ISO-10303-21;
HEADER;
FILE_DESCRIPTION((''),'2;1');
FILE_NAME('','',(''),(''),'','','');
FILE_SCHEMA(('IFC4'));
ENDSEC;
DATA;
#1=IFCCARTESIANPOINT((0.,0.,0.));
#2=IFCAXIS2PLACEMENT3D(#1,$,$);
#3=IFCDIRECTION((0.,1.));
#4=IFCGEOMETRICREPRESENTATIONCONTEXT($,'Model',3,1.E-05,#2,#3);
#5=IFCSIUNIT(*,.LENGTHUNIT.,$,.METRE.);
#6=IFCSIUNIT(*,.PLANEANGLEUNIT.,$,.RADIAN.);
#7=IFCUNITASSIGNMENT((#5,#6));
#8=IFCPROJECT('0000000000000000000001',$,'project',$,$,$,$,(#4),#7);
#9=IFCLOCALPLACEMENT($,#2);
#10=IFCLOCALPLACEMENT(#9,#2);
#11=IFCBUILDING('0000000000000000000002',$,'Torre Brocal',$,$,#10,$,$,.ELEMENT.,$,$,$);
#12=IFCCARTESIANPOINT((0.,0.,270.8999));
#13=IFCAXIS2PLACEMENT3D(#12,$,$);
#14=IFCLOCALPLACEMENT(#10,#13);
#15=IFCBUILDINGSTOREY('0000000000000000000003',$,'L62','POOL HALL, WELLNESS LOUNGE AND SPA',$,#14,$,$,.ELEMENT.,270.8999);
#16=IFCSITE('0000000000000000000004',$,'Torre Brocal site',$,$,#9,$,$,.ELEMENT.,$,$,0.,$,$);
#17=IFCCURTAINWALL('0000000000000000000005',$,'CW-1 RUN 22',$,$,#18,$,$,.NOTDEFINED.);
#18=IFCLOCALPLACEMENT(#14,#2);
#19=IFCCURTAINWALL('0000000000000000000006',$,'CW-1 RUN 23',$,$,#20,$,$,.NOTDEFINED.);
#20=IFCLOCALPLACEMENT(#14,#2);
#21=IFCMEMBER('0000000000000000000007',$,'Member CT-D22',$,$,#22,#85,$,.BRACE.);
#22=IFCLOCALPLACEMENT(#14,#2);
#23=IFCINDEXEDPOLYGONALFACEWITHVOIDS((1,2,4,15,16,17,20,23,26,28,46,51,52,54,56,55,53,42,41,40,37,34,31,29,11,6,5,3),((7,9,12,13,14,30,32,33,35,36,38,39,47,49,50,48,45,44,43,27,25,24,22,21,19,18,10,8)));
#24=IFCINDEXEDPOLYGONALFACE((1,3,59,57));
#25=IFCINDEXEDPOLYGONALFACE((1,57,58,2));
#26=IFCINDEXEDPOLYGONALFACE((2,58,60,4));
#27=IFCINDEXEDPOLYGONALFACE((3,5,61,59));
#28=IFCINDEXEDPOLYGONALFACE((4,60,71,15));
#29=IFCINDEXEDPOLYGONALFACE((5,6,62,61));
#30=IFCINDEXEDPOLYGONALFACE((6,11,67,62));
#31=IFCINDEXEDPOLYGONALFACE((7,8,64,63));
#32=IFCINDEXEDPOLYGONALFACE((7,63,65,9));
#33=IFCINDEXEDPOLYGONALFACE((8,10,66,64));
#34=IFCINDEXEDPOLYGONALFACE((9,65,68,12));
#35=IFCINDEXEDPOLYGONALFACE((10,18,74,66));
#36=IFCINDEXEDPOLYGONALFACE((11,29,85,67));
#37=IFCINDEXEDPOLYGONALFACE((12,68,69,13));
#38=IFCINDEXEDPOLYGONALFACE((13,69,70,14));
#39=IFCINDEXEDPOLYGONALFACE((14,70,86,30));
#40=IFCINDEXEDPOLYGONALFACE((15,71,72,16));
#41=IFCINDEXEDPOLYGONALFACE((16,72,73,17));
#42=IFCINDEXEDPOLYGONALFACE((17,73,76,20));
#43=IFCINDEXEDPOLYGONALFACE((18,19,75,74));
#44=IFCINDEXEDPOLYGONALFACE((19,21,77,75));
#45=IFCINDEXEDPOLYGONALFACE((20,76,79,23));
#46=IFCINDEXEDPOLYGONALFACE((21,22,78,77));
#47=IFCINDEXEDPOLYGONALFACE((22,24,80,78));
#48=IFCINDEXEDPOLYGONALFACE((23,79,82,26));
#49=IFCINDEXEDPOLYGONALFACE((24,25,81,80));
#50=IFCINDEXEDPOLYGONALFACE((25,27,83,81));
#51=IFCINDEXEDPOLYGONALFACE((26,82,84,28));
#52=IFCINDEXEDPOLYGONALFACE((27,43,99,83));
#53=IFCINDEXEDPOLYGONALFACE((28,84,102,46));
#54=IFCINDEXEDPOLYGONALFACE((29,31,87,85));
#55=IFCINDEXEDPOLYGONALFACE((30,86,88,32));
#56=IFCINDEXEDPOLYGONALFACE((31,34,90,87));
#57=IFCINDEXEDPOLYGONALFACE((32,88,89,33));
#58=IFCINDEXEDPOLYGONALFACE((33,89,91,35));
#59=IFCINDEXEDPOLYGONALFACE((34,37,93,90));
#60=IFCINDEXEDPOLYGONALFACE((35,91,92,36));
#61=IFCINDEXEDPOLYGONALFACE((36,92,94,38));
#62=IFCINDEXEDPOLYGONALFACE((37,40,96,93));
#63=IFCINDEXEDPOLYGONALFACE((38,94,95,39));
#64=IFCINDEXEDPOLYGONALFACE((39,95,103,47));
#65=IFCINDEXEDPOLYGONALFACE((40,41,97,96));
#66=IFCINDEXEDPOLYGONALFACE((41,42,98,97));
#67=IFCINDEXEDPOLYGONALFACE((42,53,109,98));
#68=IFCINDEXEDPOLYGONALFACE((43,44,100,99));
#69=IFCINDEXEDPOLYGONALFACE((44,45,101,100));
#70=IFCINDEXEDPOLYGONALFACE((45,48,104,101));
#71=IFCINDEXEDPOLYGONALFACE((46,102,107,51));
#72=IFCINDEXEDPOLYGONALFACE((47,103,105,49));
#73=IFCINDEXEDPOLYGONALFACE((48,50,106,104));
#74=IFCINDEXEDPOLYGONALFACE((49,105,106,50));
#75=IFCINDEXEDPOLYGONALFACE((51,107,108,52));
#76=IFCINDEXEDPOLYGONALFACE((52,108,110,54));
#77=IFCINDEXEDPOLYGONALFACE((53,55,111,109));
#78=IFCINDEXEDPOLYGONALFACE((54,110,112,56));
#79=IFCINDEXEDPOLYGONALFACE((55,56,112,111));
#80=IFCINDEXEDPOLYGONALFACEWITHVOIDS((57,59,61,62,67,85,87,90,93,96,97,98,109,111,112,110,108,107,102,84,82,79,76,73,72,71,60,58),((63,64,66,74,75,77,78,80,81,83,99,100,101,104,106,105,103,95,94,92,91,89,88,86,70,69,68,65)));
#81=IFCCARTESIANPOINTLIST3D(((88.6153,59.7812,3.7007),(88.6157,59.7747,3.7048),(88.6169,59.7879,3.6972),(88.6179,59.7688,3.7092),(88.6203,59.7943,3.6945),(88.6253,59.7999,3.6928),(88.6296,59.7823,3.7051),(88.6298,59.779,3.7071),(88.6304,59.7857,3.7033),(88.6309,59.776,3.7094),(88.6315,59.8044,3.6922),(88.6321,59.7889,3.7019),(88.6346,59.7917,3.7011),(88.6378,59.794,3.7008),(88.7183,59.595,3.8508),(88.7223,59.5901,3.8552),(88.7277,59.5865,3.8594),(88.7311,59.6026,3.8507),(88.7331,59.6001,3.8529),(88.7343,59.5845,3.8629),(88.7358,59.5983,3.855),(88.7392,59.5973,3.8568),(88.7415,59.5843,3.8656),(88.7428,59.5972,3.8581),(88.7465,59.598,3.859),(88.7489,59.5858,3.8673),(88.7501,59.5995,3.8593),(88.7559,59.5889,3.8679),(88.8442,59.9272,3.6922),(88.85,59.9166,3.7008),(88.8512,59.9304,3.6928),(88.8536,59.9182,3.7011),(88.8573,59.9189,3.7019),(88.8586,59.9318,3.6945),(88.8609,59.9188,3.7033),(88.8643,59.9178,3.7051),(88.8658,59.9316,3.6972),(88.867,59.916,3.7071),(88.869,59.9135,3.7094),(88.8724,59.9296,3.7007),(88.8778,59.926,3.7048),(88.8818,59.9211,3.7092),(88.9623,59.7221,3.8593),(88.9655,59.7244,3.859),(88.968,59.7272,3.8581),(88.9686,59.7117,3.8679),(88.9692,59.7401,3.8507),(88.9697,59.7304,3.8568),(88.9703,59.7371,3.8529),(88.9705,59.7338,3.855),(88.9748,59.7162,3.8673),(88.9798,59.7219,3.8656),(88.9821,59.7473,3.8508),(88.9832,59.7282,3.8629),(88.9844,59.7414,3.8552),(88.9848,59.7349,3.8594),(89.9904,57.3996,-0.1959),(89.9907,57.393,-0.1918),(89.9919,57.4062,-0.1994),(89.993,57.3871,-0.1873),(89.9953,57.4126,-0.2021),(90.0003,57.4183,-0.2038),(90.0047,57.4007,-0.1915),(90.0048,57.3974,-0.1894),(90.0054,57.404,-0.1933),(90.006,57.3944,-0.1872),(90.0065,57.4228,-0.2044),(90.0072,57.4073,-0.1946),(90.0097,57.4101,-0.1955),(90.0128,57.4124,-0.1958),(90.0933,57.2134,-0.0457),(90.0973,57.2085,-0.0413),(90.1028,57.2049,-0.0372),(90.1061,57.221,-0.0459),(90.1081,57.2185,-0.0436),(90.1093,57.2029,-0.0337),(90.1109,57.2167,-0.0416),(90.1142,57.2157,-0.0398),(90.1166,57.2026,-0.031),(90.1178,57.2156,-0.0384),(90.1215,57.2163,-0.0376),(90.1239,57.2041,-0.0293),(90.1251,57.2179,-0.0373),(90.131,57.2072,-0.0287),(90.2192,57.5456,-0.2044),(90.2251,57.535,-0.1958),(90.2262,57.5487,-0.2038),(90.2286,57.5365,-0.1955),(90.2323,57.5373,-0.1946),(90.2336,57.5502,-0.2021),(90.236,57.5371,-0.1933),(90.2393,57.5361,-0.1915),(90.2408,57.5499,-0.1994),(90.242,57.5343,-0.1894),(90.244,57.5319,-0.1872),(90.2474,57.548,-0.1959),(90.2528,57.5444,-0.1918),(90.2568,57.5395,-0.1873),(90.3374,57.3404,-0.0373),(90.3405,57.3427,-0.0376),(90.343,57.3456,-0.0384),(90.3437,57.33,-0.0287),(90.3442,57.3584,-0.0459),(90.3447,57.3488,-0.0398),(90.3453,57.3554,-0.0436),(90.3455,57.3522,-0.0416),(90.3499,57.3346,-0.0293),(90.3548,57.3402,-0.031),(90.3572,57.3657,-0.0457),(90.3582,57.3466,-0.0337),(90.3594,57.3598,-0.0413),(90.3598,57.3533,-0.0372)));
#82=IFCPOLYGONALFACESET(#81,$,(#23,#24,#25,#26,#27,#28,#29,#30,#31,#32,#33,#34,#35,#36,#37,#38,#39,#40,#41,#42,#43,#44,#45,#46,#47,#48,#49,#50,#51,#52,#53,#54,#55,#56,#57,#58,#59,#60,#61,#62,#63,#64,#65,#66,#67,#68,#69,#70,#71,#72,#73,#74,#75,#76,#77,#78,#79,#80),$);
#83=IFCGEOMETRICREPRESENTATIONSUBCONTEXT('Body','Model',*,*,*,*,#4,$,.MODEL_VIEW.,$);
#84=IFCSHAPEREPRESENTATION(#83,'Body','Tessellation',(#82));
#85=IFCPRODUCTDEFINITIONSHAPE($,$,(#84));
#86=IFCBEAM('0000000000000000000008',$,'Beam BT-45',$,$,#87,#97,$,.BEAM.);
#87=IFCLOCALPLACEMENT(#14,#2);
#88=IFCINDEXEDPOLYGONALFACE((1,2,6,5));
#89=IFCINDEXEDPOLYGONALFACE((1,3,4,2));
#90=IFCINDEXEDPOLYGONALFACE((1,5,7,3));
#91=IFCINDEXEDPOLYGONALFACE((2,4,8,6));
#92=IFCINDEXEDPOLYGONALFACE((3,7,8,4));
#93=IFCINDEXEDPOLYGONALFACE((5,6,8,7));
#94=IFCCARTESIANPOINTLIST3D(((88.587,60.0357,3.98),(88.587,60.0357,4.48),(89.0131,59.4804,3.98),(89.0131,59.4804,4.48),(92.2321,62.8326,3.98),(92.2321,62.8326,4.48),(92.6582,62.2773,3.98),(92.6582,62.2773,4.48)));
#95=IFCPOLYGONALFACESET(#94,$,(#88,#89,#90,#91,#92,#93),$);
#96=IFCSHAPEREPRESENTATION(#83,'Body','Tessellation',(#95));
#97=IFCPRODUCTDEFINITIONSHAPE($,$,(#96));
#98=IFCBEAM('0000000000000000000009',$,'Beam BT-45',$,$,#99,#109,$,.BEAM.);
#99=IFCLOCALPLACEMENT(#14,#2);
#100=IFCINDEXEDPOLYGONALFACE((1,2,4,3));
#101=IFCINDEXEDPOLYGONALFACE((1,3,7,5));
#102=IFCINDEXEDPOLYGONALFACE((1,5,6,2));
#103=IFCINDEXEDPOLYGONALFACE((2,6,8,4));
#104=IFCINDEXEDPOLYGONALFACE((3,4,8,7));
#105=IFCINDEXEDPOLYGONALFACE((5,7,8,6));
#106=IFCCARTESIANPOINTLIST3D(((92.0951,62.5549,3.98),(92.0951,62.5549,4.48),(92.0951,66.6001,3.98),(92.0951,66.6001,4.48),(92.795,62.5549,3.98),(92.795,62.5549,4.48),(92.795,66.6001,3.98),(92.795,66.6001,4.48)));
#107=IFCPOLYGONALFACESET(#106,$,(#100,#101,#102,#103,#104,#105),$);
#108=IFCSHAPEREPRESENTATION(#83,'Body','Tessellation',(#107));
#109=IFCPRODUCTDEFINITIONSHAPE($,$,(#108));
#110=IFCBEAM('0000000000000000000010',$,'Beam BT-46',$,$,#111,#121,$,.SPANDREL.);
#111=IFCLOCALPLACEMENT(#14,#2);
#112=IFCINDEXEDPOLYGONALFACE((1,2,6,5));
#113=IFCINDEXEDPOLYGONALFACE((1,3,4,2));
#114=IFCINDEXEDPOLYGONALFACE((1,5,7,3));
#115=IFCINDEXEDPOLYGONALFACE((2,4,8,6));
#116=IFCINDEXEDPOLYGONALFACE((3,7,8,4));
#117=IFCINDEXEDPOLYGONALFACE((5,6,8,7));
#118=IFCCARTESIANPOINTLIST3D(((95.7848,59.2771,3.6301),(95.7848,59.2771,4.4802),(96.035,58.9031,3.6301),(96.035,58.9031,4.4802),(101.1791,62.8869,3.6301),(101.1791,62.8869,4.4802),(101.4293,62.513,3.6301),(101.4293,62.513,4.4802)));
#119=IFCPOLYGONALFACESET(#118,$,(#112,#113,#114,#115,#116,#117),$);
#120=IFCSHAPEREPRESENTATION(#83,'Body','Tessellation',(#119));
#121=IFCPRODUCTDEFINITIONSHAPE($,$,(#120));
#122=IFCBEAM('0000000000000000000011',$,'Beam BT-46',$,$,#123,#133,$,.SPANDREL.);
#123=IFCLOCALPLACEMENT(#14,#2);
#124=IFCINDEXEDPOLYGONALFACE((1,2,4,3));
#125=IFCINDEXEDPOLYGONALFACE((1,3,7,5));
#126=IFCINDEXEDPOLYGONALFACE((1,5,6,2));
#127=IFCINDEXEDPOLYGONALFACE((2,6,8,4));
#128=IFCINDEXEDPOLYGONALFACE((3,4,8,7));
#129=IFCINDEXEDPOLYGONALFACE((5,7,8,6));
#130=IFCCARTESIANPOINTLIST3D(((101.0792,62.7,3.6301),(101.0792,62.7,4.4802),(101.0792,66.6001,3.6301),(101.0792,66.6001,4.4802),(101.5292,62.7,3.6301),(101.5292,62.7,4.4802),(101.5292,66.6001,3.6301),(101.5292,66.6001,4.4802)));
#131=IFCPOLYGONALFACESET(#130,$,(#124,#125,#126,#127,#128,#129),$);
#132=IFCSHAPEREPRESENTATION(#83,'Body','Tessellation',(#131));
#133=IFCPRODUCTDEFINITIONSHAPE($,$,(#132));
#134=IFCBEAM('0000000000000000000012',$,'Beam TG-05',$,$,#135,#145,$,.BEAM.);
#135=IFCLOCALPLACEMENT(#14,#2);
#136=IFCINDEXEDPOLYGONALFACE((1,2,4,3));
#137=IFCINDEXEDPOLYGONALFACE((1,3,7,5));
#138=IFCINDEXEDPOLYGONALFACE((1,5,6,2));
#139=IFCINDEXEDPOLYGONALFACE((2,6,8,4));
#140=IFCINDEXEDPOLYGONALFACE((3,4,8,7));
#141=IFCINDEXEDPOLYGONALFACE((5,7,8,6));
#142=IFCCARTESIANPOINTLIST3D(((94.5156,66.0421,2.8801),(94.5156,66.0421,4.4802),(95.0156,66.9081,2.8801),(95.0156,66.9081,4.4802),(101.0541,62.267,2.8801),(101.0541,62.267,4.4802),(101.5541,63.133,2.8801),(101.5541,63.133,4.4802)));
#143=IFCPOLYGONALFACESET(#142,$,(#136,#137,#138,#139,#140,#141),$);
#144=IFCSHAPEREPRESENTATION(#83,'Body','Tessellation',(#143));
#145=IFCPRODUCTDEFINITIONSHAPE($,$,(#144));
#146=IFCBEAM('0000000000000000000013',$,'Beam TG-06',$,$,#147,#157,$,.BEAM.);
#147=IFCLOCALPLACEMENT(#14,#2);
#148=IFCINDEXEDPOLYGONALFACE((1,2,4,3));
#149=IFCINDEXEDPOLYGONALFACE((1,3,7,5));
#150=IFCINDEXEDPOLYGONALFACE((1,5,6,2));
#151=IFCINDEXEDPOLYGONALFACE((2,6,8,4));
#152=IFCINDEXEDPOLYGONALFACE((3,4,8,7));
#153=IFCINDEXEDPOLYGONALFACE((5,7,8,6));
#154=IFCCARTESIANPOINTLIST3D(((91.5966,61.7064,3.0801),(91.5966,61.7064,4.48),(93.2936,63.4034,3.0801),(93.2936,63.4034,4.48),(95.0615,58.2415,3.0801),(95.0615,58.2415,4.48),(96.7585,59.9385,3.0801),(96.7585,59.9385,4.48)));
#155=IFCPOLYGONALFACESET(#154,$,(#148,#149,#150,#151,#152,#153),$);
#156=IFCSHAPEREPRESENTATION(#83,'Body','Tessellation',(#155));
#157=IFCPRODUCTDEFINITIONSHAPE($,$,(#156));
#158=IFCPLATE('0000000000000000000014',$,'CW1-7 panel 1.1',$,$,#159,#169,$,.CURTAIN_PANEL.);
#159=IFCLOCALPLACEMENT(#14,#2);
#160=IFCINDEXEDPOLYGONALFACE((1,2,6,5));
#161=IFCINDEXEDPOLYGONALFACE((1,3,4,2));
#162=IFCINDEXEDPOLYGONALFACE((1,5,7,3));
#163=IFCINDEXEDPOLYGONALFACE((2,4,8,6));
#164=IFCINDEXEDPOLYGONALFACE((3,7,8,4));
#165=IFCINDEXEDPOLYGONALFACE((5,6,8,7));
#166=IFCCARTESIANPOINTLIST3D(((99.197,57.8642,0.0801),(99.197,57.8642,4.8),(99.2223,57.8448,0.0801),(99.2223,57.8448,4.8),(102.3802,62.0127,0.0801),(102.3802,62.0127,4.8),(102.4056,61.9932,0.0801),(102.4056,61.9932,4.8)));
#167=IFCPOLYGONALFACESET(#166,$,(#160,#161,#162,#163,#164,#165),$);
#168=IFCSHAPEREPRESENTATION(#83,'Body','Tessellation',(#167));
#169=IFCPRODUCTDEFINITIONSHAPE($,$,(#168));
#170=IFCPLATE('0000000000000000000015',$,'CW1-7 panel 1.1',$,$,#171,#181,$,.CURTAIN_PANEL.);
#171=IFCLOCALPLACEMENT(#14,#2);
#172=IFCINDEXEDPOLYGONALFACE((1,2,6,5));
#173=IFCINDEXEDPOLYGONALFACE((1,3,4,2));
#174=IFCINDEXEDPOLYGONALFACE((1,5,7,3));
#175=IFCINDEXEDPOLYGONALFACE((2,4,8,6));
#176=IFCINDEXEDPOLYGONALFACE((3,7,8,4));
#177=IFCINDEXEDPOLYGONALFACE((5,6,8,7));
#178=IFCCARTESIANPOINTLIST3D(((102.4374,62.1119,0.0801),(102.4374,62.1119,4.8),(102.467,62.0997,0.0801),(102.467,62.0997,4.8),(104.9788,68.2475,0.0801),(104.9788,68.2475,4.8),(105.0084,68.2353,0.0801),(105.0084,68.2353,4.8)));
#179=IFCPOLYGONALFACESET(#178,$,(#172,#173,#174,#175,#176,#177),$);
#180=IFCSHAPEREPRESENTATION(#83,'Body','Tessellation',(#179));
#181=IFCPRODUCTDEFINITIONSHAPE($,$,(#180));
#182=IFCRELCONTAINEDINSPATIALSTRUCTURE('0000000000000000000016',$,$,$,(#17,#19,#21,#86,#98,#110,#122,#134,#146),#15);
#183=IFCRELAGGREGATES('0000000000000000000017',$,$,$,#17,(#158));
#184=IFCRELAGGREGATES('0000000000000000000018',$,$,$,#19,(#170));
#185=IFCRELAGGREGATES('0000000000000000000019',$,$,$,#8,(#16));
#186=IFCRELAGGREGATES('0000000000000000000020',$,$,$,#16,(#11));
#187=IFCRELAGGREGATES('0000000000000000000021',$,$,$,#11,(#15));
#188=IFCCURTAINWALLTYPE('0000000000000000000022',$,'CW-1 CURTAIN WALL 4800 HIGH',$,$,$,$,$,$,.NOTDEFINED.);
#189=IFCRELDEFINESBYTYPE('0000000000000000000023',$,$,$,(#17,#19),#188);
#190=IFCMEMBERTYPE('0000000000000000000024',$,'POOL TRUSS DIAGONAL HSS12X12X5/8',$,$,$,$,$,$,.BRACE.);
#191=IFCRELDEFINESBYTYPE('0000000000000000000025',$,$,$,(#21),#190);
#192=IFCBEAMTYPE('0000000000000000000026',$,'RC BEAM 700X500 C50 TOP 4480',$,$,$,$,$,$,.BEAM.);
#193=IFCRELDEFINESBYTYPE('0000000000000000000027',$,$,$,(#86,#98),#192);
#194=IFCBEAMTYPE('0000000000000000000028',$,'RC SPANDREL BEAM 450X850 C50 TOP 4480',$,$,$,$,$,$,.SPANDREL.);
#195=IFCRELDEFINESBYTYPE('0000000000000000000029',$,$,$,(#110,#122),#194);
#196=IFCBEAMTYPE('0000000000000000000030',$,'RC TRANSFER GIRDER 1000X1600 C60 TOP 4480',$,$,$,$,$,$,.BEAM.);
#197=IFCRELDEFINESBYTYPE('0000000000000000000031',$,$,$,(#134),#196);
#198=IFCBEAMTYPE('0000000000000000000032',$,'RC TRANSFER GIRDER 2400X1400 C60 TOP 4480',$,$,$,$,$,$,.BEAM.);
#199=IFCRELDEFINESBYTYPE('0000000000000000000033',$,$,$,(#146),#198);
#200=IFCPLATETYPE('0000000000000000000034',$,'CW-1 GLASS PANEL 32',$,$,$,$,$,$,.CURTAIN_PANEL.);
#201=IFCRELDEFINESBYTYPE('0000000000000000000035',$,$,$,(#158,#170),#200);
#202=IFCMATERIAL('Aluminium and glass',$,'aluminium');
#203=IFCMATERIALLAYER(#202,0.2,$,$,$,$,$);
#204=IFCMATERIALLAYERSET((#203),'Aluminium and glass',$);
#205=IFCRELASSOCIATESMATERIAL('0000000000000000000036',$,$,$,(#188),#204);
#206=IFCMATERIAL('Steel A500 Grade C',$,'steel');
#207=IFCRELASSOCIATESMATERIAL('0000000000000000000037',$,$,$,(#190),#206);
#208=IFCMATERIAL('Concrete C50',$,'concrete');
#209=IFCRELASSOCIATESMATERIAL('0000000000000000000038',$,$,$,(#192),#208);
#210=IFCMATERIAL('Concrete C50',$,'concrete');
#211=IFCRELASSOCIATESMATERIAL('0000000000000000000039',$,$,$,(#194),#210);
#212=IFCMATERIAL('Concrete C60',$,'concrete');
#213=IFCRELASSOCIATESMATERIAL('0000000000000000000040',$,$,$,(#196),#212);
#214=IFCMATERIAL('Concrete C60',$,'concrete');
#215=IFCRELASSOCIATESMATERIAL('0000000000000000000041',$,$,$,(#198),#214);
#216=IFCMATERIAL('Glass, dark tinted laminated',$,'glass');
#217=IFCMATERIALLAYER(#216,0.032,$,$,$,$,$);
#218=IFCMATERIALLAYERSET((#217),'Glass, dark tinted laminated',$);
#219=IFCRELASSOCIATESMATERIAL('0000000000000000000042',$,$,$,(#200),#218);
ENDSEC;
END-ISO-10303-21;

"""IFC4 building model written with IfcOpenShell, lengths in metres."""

from ifc_helpers import new_model, si_unit, direction, frame, origin, origin_2d, place, context, subcontext, project, spatial, rectangle, hollow_rectangle, extrude, material, layer, layer_set, material_profile, profile_set, type_object, element, aggregate, save


model = new_model("IFC4")

# Units and contexts
model_context = context("Model", 3, precision=1e-05, world=origin(), true_north=direction((0.0, 1.0)))
body_context = subcontext(model_context, "Body", "Model", "MODEL_VIEW")
ifc_project = project(units=[si_unit("LENGTHUNIT", "METRE"), si_unit("PLANEANGLEUNIT", "RADIAN")], contexts=[model_context])

# Site, building, storey
site_placement = place(None, origin())
site = spatial("IfcSite", under=ifc_project, at=site_placement, Name="Torre Brocal site", CompositionType="ELEMENT", RefElevation=0.0)
building_placement = place(site_placement, origin())
building = spatial("IfcBuilding", under=site, at=building_placement, Name="Torre Brocal", CompositionType="ELEMENT")
storey_placement = place(building_placement, frame((0.0, 0.0, 270.8999)))
storey = spatial("IfcBuildingStorey", under=building, at=storey_placement, Name="L62", Description="POOL HALL, WELLNESS LOUNGE AND SPA", CompositionType="ELEMENT", Elevation=270.8999)

# Curtain wall
ifc_material_1 = material(Name="Aluminium and glass", Category="aluminium")
ifc_layer_1 = layer(ifc_material_1, 0.2)
ifc_layer_set_1 = layer_set([ifc_layer_1], Name="Aluminium and glass")
curtain_wall_type_1 = type_object("IfcCurtainWallType", Name="CW-1 CURTAIN WALL 4800 HIGH", PredefinedType="NOTDEFINED", material=ifc_layer_set_1)
curtain_wall_1_placement = place(storey_placement, origin())
curtain_wall_1 = element("IfcCurtainWall", 1, at=curtain_wall_1_placement, inside=storey, type_object=curtain_wall_type_1, Name="CW-1 RUN 22", PredefinedType="NOTDEFINED")

# Curtain wall
curtain_wall_2_placement = place(storey_placement, origin())
curtain_wall_2 = element("IfcCurtainWall", 2, at=curtain_wall_2_placement, inside=storey, type_object=curtain_wall_type_1, Name="CW-1 RUN 23", PredefinedType="NOTDEFINED")

# Member
ifc_material_2 = material(Name="Steel A500 Grade C", Category="steel")
ifc_material_profile_1 = material_profile(ifc_material_2, hollow_rectangle(XDim=0.3047, YDim=0.3047, WallThickness=0.0149, InnerFilletRadius=0.0149, OuterFilletRadius=0.0295, at=origin_2d()), Name="HSS12X12X5/8")
ifc_profile_set_1 = profile_set([ifc_material_profile_1], Name="Steel A500 Grade C")
member_type_1 = type_object("IfcMemberType", Name="POOL TRUSS DIAGONAL HSS12X12X5/8", PredefinedType="BRACE", material=ifc_profile_set_1)
member_1_placement = place(storey_placement, frame((88.8, 59.7581, 3.78), z_axis=(0.288309, -0.49937, -0.817011), x_axis=(0.866027, 0.499997, 0.0)))
element("IfcMember", 3, at=member_1_placement, inside=storey, type_object=member_type_1, Name="Member CT-D22", PredefinedType="BRACE", context=body_context, shape_type="SweptSolid", body=[
    extrude(hollow_rectangle(XDim=0.3047, YDim=0.3047, WallThickness=0.0149, InnerFilletRadius=0.0149, OuterFilletRadius=0.0295, at=origin_2d()), origin(), (0.0, 0.0, 1.0), 4.7693),
])

# Beams
ifc_material_3 = material(Name="Concrete C50", Category="concrete")
ifc_material_profile_2 = material_profile(ifc_material_3, rectangle(XDim=0.7, YDim=0.5, at=origin_2d()), Name="RC 700X500")
ifc_profile_set_2 = profile_set([ifc_material_profile_2], Name="Concrete C50")
beam_type_1 = type_object("IfcBeamType", Name="RC BEAM 700X500 C50 TOP 4480", PredefinedType="BEAM", material=ifc_profile_set_2)
beam_1_placement = place(storey_placement, frame((88.8, 59.7581, 4.23), z_axis=(0.793358, 0.608755, 0.0), x_axis=(-0.608755, 0.793358, 0.0)))
element("IfcBeam", 4, at=beam_1_placement, inside=storey, type_object=beam_type_1, Name="Beam BT-45", PredefinedType="BEAM", context=body_context, shape_type="SweptSolid", body=[
    extrude(rectangle(XDim=0.7, YDim=0.5, at=origin_2d()), origin(), (0.0, 0.0, 1.0), 4.5945),
])
beam_2_placement = place(storey_placement, frame((92.4451, 62.5549, 4.23), z_axis=(0.0, 1.0, 0.0), x_axis=(-1.0, 0.0, 0.0)))
element("IfcBeam", 5, at=beam_2_placement, inside=storey, type_object=beam_type_1, Name="Beam BT-45", PredefinedType="BEAM", context=body_context, shape_type="SweptSolid", body=[
    extrude(rectangle(XDim=0.7, YDim=0.5, at=origin_2d()), origin(), (0.0, 0.0, 1.0), 4.0452),
])
ifc_material_4 = material(Name="Concrete C50", Category="concrete")
ifc_material_profile_3 = material_profile(ifc_material_4, rectangle(XDim=0.45, YDim=0.8501, at=origin_2d()), Name="RC 450X850")
ifc_profile_set_3 = profile_set([ifc_material_profile_3], Name="Concrete C50")
beam_type_2 = type_object("IfcBeamType", Name="RC SPANDREL BEAM 450X850 C50 TOP 4480", PredefinedType="SPANDREL", material=ifc_profile_set_3)
beam_3_placement = place(storey_placement, frame((95.9099, 59.0901, 4.0552), z_axis=(0.831077, 0.556158, 0.0), x_axis=(-0.556158, 0.831077, 0.0)))
element("IfcBeam", 6, at=beam_3_placement, inside=storey, type_object=beam_type_2, Name="Beam BT-46", PredefinedType="SPANDREL", context=body_context, shape_type="SweptSolid", body=[
    extrude(rectangle(XDim=0.45, YDim=0.8501, at=origin_2d()), origin(), (0.0, 0.0, 1.0), 6.4907),
])
beam_4_placement = place(storey_placement, frame((101.3042, 62.7, 4.0552), z_axis=(0.0, 1.0, 0.0), x_axis=(-1.0, 0.0, 0.0)))
element("IfcBeam", 7, at=beam_4_placement, inside=storey, type_object=beam_type_2, Name="Beam BT-46", PredefinedType="SPANDREL", context=body_context, shape_type="SweptSolid", body=[
    extrude(rectangle(XDim=0.45, YDim=0.8501, at=origin_2d()), origin(), (0.0, 0.0, 1.0), 3.9001),
])
ifc_material_5 = material(Name="Concrete C60", Category="concrete")
ifc_material_profile_4 = material_profile(ifc_material_5, rectangle(XDim=1.0, YDim=1.6001, at=origin_2d()), Name="RC 1000X1600")
ifc_profile_set_4 = profile_set([ifc_material_profile_4], Name="Concrete C60")
beam_type_3 = type_object("IfcBeamType", Name="RC TRANSFER GIRDER 1000X1600 C60 TOP 4480", PredefinedType="BEAM", material=ifc_profile_set_4)
beam_5_placement = place(storey_placement, frame((94.7656, 66.4751, 3.6802), z_axis=(0.86602, -0.50001, 0.0), x_axis=(0.50001, 0.86602, 0.0)))
element("IfcBeam", 8, at=beam_5_placement, inside=storey, type_object=beam_type_3, Name="Beam TG-05", PredefinedType="BEAM", context=body_context, shape_type="SweptSolid", body=[
    extrude(rectangle(XDim=1.0, YDim=1.6001, at=origin_2d()), origin(), (0.0, 0.0, 1.0), 7.55),
])
ifc_material_6 = material(Name="Concrete C60", Category="concrete")
ifc_material_profile_5 = material_profile(ifc_material_6, rectangle(XDim=2.3999, YDim=1.3999, at=origin_2d()), Name="RC 2400X1400")
ifc_profile_set_5 = profile_set([ifc_material_profile_5], Name="Concrete C60")
beam_type_4 = type_object("IfcBeamType", Name="RC TRANSFER GIRDER 2400X1400 C60 TOP 4480", PredefinedType="BEAM", material=ifc_profile_set_5)
beam_6_placement = place(storey_placement, frame((92.4451, 62.5549, 3.78), z_axis=(0.707107, -0.707107, 0.0), x_axis=(0.707107, 0.707107, 0.0)))
element("IfcBeam", 9, at=beam_6_placement, inside=storey, type_object=beam_type_4, Name="Beam TG-06", PredefinedType="BEAM", context=body_context, shape_type="SweptSolid", body=[
    extrude(rectangle(XDim=2.3999, YDim=1.3999, at=origin_2d()), origin(), (0.0, 0.0, 1.0), 4.9001),
])

# Plates
ifc_material_7 = material(Name="Glass, dark tinted laminated", Category="glass")
ifc_layer_2 = layer(ifc_material_7, 0.032)
ifc_layer_set_2 = layer_set([ifc_layer_2], Name="Glass, dark tinted laminated")
plate_type = type_object("IfcPlateType", Name="CW-1 GLASS PANEL 32", PredefinedType="CURTAIN_PANEL", material=ifc_layer_set_2)
plate_1_placement = place(storey_placement, frame((100.8013, 59.9287, 0.0801), z_axis=(0.0, 0.0, 1.0), x_axis=(0.608761, 0.793353, 0.0)))
plate_1 = element("IfcPlate", 10, at=plate_1_placement, type_object=plate_type, Name="CW1-7 panel 1.1", PredefinedType="CURTAIN_PANEL", context=body_context, shape_type="SweptSolid", body=[
    extrude(rectangle(XDim=5.229, YDim=0.032, at=origin_2d()), origin(), (0.0, 0.0, 1.0), 4.72),
])
aggregate(curtain_wall_1, [plate_1])
plate_2_placement = place(storey_placement, frame((103.7229, 65.1736, 0.0801), z_axis=(0.0, 0.0, 1.0), x_axis=(0.382683, 0.92388, 0.0)))
plate_2 = element("IfcPlate", 11, at=plate_2_placement, type_object=plate_type, Name="CW1-7 panel 1.1", PredefinedType="CURTAIN_PANEL", context=body_context, shape_type="SweptSolid", body=[
    extrude(rectangle(XDim=6.6411, YDim=0.032, at=origin_2d()), origin(), (0.0, 0.0, 1.0), 4.72),
])
aggregate(curtain_wall_2, [plate_2])

save(model, "model.ifc")
